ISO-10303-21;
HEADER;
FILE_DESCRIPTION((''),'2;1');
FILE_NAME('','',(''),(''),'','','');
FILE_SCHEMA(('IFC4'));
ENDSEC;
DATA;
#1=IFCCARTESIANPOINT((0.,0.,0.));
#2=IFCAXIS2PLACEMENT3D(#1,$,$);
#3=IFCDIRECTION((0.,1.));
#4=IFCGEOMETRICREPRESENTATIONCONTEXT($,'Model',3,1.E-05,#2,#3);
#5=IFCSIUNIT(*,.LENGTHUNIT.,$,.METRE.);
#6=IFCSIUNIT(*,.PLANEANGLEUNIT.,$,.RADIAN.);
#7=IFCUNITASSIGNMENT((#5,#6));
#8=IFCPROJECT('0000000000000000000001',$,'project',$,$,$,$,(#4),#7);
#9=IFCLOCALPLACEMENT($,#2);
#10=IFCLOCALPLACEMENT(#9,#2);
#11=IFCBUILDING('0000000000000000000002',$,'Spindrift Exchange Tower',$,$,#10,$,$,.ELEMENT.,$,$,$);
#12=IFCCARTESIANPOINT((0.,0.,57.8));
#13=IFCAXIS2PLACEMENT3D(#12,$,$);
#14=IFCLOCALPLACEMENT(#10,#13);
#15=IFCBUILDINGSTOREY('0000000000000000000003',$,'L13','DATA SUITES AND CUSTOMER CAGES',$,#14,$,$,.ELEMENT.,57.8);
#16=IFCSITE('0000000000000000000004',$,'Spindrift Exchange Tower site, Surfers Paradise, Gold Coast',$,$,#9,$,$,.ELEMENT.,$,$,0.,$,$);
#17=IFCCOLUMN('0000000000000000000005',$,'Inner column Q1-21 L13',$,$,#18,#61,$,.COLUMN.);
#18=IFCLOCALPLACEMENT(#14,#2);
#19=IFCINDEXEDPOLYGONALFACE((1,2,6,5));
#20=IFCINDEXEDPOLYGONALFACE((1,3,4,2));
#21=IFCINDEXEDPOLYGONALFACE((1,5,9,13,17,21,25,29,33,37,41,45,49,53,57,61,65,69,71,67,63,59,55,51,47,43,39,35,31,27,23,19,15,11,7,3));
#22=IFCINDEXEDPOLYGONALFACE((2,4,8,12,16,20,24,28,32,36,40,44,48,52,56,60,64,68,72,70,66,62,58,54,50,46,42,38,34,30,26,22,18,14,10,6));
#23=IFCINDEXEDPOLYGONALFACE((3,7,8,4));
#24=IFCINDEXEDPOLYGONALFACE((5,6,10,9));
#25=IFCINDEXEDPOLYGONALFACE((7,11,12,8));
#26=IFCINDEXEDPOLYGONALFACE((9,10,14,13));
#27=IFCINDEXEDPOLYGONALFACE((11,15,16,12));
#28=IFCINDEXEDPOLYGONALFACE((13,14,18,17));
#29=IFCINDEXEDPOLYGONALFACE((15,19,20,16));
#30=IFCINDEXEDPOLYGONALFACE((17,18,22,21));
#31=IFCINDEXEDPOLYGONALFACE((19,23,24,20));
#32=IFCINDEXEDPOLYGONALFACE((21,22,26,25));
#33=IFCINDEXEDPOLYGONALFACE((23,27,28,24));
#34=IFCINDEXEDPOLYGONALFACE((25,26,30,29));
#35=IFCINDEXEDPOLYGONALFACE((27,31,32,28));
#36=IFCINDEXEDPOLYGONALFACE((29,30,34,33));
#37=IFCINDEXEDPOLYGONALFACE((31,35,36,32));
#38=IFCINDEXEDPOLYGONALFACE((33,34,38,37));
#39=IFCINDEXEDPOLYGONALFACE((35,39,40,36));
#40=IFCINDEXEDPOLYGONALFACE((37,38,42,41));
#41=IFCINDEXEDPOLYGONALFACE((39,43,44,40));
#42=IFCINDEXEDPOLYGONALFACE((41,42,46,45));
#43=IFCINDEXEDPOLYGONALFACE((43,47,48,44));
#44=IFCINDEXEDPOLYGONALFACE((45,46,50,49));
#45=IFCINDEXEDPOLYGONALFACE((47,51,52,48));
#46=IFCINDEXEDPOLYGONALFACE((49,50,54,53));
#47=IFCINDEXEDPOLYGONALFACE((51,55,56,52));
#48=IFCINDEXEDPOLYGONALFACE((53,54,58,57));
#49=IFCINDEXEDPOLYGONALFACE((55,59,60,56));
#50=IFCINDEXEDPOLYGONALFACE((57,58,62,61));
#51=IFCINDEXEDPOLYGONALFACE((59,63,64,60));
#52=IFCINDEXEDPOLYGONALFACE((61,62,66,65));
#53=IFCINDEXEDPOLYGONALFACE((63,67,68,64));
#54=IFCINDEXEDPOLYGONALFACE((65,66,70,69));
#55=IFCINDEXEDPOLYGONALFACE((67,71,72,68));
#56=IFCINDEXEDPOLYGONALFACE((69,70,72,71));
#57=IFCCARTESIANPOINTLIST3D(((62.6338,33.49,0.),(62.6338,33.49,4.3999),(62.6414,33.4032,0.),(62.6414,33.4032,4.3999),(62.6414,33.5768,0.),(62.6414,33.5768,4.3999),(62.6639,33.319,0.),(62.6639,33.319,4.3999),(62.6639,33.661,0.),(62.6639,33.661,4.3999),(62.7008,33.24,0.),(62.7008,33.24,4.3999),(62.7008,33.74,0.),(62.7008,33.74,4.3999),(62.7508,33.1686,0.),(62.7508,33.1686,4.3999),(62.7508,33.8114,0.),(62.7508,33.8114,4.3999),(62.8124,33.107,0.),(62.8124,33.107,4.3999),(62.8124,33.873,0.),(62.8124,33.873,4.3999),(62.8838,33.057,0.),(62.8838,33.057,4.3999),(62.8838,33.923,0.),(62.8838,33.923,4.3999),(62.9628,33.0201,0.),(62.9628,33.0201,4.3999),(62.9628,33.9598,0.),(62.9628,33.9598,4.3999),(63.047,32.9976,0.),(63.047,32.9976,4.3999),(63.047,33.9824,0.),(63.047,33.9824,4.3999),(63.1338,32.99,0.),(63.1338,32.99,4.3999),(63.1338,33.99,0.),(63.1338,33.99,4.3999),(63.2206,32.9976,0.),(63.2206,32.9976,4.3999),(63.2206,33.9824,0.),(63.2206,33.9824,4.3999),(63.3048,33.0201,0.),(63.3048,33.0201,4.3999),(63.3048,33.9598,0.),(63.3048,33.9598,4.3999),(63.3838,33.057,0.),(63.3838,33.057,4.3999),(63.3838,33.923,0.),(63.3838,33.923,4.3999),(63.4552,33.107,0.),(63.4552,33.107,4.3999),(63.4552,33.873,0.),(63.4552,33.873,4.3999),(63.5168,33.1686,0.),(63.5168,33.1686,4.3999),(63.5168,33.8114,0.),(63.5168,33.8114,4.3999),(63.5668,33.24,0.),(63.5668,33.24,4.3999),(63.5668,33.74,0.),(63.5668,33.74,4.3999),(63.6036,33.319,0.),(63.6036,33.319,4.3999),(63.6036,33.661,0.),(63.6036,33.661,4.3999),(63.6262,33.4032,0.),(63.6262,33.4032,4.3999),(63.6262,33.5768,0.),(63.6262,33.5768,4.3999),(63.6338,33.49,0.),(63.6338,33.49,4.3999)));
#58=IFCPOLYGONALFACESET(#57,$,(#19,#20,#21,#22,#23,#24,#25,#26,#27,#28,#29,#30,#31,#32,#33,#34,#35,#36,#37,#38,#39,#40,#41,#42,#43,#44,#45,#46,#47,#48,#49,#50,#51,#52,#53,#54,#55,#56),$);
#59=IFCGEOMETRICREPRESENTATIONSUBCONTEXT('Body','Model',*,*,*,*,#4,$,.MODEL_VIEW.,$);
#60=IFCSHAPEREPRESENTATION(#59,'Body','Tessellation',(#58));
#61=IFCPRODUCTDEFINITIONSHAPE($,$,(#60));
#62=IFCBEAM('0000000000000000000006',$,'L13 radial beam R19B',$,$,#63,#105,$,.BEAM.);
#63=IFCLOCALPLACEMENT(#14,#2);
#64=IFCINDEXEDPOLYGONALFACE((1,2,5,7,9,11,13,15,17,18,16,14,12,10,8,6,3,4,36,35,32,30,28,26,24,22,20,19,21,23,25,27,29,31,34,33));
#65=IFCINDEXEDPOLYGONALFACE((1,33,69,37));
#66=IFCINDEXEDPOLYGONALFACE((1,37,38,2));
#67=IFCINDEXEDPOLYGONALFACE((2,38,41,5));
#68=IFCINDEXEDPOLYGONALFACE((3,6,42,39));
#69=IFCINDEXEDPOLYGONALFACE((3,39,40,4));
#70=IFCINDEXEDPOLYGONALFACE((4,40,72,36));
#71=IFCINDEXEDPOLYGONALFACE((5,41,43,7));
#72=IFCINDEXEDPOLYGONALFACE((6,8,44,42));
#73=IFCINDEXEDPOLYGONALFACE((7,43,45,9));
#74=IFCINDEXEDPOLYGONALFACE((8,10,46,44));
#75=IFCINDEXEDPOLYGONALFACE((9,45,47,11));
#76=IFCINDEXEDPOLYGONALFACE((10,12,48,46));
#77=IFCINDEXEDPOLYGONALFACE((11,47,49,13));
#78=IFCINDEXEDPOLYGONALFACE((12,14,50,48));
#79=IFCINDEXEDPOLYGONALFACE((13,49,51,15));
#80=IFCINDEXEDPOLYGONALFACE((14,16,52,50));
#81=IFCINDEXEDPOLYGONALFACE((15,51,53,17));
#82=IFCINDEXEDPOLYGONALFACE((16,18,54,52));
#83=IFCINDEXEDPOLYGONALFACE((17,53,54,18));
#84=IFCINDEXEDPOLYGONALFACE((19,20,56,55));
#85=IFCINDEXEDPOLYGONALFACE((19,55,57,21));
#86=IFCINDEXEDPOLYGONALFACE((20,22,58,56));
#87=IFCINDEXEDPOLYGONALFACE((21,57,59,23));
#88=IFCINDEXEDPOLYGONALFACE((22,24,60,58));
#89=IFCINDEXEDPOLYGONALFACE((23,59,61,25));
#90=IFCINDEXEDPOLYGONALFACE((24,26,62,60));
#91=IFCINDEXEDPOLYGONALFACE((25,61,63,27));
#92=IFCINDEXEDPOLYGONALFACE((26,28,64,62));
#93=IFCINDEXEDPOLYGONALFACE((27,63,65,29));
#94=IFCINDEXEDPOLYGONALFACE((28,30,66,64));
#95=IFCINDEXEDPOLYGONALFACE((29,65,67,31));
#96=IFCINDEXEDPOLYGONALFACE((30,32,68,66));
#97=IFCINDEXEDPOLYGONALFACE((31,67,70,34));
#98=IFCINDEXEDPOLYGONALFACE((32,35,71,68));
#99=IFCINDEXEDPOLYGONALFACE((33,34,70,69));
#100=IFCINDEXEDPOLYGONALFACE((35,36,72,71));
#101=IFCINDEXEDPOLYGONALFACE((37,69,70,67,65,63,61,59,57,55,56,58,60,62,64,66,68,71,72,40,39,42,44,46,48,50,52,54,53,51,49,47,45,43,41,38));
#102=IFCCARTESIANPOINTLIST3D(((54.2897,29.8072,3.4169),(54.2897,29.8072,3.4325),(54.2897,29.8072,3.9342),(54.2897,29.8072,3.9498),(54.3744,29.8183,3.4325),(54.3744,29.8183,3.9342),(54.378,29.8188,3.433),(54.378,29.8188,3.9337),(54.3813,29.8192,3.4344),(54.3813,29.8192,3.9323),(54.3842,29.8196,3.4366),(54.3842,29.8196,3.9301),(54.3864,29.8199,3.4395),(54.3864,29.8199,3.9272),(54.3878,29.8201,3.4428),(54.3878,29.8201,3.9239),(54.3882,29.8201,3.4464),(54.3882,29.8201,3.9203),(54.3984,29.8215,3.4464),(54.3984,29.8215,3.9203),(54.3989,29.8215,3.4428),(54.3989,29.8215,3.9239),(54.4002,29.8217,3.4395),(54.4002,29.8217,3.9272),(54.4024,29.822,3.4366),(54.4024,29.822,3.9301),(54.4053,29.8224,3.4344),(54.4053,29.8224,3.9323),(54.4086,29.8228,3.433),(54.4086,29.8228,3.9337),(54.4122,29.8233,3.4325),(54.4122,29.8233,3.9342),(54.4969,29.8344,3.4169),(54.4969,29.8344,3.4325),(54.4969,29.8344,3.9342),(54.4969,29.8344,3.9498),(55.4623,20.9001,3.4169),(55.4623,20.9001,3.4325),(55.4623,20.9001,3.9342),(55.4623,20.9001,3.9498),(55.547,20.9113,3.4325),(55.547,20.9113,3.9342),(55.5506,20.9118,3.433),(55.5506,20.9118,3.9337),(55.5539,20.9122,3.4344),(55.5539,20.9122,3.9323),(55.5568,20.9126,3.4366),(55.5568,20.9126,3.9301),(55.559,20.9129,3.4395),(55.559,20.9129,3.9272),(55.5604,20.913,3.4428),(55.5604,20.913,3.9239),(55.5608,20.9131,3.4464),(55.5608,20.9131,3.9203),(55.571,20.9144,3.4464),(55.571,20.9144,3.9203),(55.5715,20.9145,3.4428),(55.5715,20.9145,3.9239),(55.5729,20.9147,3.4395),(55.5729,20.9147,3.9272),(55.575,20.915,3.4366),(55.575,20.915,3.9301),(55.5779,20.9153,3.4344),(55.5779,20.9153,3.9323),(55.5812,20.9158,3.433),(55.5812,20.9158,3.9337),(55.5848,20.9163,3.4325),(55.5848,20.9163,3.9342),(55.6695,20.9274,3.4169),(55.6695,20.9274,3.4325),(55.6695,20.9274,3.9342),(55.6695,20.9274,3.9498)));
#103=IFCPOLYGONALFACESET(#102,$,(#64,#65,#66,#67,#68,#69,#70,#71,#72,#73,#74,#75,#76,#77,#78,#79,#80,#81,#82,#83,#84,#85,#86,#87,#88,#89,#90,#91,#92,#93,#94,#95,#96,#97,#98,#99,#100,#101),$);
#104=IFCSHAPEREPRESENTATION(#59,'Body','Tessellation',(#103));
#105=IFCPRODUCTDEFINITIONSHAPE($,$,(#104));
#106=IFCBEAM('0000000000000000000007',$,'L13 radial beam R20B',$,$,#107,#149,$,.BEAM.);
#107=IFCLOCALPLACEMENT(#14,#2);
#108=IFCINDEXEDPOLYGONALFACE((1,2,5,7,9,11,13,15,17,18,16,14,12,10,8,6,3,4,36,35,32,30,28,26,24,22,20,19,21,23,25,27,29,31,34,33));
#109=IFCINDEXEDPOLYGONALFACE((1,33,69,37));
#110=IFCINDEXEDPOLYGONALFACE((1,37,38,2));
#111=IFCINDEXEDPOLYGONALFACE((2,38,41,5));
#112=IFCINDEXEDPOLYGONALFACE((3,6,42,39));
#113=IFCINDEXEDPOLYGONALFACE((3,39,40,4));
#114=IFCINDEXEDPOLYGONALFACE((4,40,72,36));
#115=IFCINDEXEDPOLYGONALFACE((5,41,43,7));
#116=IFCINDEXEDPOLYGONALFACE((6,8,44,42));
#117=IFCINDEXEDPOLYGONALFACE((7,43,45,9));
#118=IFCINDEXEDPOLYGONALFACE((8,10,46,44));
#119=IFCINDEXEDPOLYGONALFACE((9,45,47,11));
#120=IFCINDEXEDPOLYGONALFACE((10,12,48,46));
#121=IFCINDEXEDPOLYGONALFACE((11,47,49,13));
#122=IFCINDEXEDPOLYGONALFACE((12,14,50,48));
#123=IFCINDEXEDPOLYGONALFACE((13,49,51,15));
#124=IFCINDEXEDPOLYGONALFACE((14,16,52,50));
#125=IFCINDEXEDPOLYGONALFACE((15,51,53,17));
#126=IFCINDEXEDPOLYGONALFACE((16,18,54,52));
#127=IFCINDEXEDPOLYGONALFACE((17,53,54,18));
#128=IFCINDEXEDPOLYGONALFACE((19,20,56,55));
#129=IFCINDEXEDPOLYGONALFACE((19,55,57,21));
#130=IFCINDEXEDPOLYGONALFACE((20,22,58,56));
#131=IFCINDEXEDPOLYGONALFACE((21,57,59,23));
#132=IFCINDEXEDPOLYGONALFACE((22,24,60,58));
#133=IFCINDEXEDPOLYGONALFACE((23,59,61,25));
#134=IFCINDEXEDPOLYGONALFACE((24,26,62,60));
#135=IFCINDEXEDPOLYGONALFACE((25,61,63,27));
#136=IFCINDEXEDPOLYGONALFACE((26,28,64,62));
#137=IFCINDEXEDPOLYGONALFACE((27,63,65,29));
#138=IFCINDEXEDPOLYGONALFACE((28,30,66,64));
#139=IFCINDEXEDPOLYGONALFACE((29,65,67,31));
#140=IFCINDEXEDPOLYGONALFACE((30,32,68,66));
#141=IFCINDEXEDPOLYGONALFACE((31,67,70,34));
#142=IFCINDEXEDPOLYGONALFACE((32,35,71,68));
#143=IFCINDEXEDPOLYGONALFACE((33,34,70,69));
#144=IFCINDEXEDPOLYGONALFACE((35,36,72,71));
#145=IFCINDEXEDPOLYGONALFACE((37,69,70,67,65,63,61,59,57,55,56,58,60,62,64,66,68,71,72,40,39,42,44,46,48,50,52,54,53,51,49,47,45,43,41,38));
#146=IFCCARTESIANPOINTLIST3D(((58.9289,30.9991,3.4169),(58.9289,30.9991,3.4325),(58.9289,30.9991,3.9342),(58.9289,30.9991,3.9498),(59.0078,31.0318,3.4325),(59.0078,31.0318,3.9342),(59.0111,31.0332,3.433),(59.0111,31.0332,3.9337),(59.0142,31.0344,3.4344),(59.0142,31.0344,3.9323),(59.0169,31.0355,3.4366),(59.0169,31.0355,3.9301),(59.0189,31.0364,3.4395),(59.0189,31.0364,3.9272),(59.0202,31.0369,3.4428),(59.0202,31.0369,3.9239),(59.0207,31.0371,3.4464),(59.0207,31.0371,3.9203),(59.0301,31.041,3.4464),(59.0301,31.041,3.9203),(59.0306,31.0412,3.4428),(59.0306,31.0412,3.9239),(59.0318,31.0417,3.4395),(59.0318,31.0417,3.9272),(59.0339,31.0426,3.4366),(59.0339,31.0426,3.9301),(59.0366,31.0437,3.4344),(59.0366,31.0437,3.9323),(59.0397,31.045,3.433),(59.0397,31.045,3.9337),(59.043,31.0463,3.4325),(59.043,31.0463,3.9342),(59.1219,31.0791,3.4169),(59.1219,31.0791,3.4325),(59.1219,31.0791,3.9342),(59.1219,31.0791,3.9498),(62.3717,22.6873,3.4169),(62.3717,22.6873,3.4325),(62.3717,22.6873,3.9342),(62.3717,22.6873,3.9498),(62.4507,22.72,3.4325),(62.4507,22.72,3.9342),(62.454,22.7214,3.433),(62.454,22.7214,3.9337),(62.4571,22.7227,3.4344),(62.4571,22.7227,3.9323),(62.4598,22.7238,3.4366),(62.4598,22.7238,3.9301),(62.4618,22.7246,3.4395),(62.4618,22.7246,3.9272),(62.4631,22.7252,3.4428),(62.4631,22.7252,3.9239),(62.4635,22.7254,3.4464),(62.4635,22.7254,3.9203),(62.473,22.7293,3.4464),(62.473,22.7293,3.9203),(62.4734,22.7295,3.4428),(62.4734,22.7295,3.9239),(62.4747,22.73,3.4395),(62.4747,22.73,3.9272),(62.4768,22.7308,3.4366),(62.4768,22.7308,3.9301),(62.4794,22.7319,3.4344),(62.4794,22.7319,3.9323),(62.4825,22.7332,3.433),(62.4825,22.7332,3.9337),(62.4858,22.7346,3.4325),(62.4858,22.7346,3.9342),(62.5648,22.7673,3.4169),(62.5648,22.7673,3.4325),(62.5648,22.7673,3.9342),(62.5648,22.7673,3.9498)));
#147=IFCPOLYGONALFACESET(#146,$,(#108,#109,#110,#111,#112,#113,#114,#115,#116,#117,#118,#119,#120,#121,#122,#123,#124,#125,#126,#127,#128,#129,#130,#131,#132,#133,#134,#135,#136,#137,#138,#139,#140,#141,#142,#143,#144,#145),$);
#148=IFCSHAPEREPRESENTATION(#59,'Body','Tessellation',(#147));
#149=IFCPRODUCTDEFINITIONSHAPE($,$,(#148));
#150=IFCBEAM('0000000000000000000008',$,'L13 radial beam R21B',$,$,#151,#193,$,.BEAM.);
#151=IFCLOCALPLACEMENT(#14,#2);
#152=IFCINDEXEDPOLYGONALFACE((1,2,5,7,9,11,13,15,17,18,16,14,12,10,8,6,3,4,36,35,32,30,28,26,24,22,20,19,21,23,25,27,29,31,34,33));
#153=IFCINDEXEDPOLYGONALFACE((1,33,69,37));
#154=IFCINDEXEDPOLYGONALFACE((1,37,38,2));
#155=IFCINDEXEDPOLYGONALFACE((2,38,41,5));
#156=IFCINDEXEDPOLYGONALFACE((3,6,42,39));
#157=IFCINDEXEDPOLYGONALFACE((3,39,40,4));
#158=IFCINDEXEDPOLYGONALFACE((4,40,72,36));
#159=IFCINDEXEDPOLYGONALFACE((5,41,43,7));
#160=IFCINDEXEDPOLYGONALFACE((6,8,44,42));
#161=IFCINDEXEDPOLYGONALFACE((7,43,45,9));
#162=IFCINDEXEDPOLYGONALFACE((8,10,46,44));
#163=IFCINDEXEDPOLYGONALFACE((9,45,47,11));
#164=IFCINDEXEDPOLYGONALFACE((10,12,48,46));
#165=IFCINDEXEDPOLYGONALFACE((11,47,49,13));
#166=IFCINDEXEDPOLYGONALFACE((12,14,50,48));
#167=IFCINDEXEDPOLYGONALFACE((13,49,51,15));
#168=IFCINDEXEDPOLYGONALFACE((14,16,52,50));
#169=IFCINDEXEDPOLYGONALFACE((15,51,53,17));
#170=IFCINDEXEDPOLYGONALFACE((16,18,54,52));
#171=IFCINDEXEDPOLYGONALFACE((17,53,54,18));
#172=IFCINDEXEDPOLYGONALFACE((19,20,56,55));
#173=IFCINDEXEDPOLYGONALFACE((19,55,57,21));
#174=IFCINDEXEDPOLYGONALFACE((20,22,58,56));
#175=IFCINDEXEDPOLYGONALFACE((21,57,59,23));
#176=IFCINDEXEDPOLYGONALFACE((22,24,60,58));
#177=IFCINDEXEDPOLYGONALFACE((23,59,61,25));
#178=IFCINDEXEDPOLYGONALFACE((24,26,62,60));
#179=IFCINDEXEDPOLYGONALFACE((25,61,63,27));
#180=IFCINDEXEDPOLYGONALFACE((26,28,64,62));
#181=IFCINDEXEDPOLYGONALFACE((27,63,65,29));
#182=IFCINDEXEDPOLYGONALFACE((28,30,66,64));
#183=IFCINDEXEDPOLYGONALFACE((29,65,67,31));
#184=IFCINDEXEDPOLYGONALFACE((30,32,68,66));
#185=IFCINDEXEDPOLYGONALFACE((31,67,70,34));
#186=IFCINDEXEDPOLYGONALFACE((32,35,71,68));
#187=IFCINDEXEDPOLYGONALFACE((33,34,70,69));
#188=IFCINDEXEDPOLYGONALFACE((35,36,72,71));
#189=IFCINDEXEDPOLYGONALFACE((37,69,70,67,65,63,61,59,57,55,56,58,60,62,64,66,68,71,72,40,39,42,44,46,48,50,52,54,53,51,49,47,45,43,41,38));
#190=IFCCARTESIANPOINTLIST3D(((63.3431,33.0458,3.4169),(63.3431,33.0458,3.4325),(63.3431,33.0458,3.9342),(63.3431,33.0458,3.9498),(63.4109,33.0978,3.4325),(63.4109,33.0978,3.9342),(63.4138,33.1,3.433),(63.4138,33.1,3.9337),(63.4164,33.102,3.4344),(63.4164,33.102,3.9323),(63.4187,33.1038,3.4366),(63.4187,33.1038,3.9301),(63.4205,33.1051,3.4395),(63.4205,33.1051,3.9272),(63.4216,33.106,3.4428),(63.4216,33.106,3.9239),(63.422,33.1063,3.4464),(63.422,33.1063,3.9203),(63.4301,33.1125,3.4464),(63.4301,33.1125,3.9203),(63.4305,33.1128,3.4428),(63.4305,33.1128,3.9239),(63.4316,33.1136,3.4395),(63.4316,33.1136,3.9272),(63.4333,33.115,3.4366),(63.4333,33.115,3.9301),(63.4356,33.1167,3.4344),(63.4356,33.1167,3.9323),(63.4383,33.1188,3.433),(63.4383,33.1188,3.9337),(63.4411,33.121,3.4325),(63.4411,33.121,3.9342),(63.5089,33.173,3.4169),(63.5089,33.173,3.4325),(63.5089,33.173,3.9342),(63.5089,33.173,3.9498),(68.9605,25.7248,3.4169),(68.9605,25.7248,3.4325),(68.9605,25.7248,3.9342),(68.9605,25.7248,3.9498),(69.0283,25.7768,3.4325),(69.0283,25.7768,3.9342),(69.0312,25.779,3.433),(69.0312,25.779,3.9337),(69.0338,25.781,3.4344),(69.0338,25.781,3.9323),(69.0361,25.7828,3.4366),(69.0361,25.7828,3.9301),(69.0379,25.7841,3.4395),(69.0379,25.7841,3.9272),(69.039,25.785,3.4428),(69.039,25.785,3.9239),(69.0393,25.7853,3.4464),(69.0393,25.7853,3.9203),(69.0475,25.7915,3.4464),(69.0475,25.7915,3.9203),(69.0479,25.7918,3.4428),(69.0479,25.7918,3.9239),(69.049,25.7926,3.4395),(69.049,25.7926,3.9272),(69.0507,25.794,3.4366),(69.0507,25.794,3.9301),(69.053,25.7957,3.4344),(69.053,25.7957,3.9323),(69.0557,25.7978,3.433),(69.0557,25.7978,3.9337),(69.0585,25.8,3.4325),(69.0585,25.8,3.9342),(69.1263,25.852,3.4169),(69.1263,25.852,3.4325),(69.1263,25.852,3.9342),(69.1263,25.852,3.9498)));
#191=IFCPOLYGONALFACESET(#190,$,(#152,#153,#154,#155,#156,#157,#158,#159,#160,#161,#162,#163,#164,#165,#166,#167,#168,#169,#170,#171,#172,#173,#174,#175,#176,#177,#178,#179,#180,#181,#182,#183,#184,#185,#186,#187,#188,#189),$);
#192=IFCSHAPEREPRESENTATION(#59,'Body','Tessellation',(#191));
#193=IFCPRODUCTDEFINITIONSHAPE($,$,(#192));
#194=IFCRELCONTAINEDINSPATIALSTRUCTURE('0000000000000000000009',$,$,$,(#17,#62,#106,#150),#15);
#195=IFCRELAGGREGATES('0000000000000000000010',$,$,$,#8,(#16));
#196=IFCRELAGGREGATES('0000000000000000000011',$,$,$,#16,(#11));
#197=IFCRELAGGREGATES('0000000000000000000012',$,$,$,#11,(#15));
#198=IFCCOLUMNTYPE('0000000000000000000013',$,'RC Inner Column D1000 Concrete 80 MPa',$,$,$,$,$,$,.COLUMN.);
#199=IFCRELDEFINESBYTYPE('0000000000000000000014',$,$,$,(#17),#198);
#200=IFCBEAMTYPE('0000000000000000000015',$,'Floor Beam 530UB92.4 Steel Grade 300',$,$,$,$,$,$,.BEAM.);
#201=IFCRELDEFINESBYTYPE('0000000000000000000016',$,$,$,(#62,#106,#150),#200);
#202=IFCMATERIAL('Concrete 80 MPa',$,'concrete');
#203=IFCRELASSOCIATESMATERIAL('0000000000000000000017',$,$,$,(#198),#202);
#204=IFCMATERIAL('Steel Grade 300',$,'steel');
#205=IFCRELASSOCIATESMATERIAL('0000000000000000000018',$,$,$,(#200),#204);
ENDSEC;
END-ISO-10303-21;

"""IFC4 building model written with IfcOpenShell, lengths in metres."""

from ifc_helpers import new_model, si_unit, direction, frame, origin, origin_2d, place, context, subcontext, project, spatial, circle, i_section, extrude, source, transform, mapped, material, material_profile, profile_set, type_object, element, save


model = new_model("IFC4")

# Units and contexts
model_context = context("Model", 3, precision=1e-05, world=origin(), true_north=direction((0.0, 1.0)))
body_context = subcontext(model_context, "Body", "Model", "MODEL_VIEW")
ifc_project = project(units=[si_unit("LENGTHUNIT", "METRE"), si_unit("PLANEANGLEUNIT", "RADIAN")], contexts=[model_context])

# Site, building, storey
site_placement = place(None, origin())
site = spatial("IfcSite", under=ifc_project, at=site_placement, Name="Spindrift Exchange Tower site, Surfers Paradise, Gold Coast", CompositionType="ELEMENT", RefElevation=0.0)
building_placement = place(site_placement, origin())
building = spatial("IfcBuilding", under=site, at=building_placement, Name="Spindrift Exchange Tower", CompositionType="ELEMENT")
storey_placement = place(building_placement, frame((0.0, 0.0, 57.8)))
storey = spatial("IfcBuildingStorey", under=building, at=storey_placement, Name="L13", Description="DATA SUITES AND CUSTOMER CAGES", CompositionType="ELEMENT", Elevation=57.8)

# Column
ifc_material_1 = material(Name="Concrete 80 MPa", Category="concrete")
ifc_material_profile_1 = material_profile(ifc_material_1, circle(Radius=0.5, at=origin_2d()), Name="RC D1000")
ifc_profile_set_1 = profile_set([ifc_material_profile_1], Name="Concrete 80 MPa")
column_type_1 = type_object("IfcColumnType", Name="RC Inner Column D1000 Concrete 80 MPa", PredefinedType="COLUMN", material=ifc_profile_set_1)
shared_shape_1 = source(origin(), body_context, "Body", "SweptSolid", [
    extrude(circle(Radius=0.5, at=origin_2d()), origin(), (0.0, 0.0, 1.0), 4.3999),
])
for number, where, z_axis, x_axis, name in (
    (1, (63.1338, 33.49, 0.0), (0.0, 0.0, 1.0), (1.0, 0.0, 0.0), "Inner column Q1-21 L13"),
):
    element("IfcColumn", number, at=place(storey_placement, frame(where, z_axis=z_axis, x_axis=x_axis)), inside=storey, type_object=column_type_1, Name=name, PredefinedType="COLUMN", context=body_context, shape_type="MappedRepresentation", body=[
        mapped(shared_shape_1, transform((0.0, 0.0, 0.0), scale=1.0)),
    ])

# Beams
ifc_material_2 = material(Name="Steel Grade 300", Category="steel")
ifc_material_profile_2 = material_profile(ifc_material_2, i_section(OverallWidth=0.209, OverallDepth=0.533, WebThickness=0.0103, FlangeThickness=0.0156, FilletRadius=0.0139, at=origin_2d()), Name="530UB92.4")
ifc_profile_set_2 = profile_set([ifc_material_profile_2], Name="Steel Grade 300")
beam_type_1 = type_object("IfcBeamType", Name="Floor Beam 530UB92.4 Steel Grade 300", PredefinedType="BEAM", material=ifc_profile_set_2)
shared_shape_2 = source(origin(), body_context, "Body", "SweptSolid", [
    extrude(i_section(OverallWidth=0.209, OverallDepth=0.533, WebThickness=0.0103, FlangeThickness=0.0156, FilletRadius=0.0139, at=origin_2d()), origin(), (0.0, 0.0, 1.0), 8.9839),
])
beam_1_placement = place(storey_placement, frame((54.3933, 29.8208, 3.6833), z_axis=(0.130524, -0.991445, 0.0), x_axis=(0.991445, 0.130524, 0.0)))
element("IfcBeam", 2, at=beam_1_placement, inside=storey, type_object=beam_type_1, Name="L13 radial beam R19B", PredefinedType="BEAM", context=body_context, shape_type="MappedRepresentation", body=[
    mapped(shared_shape_2, transform((0.0, 0.0, 0.0), scale=1.0)),
])
shared_shape_3 = source(origin(), body_context, "Body", "SweptSolid", [
    extrude(i_section(OverallWidth=0.209, OverallDepth=0.533, WebThickness=0.0103, FlangeThickness=0.0156, FilletRadius=0.0139, at=origin_2d()), origin(), (0.0, 0.0, 1.0), 8.9966),
])
beam_2_placement = place(storey_placement, frame((59.0254, 31.0391, 3.6833), z_axis=(0.382686, -0.923879, 0.0), x_axis=(0.923879, 0.382686, 0.0)))
element("IfcBeam", 3, at=beam_2_placement, inside=storey, type_object=beam_type_1, Name="L13 radial beam R20B", PredefinedType="BEAM", context=body_context, shape_type="MappedRepresentation", body=[
    mapped(shared_shape_3, transform((0.0, 0.0, 0.0), scale=1.0)),
])
shared_shape_4 = source(origin(), body_context, "Body", "SweptSolid", [
    extrude(i_section(OverallWidth=0.209, OverallDepth=0.533, WebThickness=0.0103, FlangeThickness=0.0156, FilletRadius=0.0139, at=origin_2d()), origin(), (0.0, 0.0, 1.0), 9.2278),
])
beam_3_placement = place(storey_placement, frame((63.426, 33.1094, 3.6833), z_axis=(0.608748, -0.793364, 0.0), x_axis=(0.793364, 0.608748, 0.0)))
element("IfcBeam", 4, at=beam_3_placement, inside=storey, type_object=beam_type_1, Name="L13 radial beam R21B", PredefinedType="BEAM", context=body_context, shape_type="MappedRepresentation", body=[
    mapped(shared_shape_4, transform((0.0, 0.0, 0.0), scale=1.0)),
])

save(model, "model.ifc")
